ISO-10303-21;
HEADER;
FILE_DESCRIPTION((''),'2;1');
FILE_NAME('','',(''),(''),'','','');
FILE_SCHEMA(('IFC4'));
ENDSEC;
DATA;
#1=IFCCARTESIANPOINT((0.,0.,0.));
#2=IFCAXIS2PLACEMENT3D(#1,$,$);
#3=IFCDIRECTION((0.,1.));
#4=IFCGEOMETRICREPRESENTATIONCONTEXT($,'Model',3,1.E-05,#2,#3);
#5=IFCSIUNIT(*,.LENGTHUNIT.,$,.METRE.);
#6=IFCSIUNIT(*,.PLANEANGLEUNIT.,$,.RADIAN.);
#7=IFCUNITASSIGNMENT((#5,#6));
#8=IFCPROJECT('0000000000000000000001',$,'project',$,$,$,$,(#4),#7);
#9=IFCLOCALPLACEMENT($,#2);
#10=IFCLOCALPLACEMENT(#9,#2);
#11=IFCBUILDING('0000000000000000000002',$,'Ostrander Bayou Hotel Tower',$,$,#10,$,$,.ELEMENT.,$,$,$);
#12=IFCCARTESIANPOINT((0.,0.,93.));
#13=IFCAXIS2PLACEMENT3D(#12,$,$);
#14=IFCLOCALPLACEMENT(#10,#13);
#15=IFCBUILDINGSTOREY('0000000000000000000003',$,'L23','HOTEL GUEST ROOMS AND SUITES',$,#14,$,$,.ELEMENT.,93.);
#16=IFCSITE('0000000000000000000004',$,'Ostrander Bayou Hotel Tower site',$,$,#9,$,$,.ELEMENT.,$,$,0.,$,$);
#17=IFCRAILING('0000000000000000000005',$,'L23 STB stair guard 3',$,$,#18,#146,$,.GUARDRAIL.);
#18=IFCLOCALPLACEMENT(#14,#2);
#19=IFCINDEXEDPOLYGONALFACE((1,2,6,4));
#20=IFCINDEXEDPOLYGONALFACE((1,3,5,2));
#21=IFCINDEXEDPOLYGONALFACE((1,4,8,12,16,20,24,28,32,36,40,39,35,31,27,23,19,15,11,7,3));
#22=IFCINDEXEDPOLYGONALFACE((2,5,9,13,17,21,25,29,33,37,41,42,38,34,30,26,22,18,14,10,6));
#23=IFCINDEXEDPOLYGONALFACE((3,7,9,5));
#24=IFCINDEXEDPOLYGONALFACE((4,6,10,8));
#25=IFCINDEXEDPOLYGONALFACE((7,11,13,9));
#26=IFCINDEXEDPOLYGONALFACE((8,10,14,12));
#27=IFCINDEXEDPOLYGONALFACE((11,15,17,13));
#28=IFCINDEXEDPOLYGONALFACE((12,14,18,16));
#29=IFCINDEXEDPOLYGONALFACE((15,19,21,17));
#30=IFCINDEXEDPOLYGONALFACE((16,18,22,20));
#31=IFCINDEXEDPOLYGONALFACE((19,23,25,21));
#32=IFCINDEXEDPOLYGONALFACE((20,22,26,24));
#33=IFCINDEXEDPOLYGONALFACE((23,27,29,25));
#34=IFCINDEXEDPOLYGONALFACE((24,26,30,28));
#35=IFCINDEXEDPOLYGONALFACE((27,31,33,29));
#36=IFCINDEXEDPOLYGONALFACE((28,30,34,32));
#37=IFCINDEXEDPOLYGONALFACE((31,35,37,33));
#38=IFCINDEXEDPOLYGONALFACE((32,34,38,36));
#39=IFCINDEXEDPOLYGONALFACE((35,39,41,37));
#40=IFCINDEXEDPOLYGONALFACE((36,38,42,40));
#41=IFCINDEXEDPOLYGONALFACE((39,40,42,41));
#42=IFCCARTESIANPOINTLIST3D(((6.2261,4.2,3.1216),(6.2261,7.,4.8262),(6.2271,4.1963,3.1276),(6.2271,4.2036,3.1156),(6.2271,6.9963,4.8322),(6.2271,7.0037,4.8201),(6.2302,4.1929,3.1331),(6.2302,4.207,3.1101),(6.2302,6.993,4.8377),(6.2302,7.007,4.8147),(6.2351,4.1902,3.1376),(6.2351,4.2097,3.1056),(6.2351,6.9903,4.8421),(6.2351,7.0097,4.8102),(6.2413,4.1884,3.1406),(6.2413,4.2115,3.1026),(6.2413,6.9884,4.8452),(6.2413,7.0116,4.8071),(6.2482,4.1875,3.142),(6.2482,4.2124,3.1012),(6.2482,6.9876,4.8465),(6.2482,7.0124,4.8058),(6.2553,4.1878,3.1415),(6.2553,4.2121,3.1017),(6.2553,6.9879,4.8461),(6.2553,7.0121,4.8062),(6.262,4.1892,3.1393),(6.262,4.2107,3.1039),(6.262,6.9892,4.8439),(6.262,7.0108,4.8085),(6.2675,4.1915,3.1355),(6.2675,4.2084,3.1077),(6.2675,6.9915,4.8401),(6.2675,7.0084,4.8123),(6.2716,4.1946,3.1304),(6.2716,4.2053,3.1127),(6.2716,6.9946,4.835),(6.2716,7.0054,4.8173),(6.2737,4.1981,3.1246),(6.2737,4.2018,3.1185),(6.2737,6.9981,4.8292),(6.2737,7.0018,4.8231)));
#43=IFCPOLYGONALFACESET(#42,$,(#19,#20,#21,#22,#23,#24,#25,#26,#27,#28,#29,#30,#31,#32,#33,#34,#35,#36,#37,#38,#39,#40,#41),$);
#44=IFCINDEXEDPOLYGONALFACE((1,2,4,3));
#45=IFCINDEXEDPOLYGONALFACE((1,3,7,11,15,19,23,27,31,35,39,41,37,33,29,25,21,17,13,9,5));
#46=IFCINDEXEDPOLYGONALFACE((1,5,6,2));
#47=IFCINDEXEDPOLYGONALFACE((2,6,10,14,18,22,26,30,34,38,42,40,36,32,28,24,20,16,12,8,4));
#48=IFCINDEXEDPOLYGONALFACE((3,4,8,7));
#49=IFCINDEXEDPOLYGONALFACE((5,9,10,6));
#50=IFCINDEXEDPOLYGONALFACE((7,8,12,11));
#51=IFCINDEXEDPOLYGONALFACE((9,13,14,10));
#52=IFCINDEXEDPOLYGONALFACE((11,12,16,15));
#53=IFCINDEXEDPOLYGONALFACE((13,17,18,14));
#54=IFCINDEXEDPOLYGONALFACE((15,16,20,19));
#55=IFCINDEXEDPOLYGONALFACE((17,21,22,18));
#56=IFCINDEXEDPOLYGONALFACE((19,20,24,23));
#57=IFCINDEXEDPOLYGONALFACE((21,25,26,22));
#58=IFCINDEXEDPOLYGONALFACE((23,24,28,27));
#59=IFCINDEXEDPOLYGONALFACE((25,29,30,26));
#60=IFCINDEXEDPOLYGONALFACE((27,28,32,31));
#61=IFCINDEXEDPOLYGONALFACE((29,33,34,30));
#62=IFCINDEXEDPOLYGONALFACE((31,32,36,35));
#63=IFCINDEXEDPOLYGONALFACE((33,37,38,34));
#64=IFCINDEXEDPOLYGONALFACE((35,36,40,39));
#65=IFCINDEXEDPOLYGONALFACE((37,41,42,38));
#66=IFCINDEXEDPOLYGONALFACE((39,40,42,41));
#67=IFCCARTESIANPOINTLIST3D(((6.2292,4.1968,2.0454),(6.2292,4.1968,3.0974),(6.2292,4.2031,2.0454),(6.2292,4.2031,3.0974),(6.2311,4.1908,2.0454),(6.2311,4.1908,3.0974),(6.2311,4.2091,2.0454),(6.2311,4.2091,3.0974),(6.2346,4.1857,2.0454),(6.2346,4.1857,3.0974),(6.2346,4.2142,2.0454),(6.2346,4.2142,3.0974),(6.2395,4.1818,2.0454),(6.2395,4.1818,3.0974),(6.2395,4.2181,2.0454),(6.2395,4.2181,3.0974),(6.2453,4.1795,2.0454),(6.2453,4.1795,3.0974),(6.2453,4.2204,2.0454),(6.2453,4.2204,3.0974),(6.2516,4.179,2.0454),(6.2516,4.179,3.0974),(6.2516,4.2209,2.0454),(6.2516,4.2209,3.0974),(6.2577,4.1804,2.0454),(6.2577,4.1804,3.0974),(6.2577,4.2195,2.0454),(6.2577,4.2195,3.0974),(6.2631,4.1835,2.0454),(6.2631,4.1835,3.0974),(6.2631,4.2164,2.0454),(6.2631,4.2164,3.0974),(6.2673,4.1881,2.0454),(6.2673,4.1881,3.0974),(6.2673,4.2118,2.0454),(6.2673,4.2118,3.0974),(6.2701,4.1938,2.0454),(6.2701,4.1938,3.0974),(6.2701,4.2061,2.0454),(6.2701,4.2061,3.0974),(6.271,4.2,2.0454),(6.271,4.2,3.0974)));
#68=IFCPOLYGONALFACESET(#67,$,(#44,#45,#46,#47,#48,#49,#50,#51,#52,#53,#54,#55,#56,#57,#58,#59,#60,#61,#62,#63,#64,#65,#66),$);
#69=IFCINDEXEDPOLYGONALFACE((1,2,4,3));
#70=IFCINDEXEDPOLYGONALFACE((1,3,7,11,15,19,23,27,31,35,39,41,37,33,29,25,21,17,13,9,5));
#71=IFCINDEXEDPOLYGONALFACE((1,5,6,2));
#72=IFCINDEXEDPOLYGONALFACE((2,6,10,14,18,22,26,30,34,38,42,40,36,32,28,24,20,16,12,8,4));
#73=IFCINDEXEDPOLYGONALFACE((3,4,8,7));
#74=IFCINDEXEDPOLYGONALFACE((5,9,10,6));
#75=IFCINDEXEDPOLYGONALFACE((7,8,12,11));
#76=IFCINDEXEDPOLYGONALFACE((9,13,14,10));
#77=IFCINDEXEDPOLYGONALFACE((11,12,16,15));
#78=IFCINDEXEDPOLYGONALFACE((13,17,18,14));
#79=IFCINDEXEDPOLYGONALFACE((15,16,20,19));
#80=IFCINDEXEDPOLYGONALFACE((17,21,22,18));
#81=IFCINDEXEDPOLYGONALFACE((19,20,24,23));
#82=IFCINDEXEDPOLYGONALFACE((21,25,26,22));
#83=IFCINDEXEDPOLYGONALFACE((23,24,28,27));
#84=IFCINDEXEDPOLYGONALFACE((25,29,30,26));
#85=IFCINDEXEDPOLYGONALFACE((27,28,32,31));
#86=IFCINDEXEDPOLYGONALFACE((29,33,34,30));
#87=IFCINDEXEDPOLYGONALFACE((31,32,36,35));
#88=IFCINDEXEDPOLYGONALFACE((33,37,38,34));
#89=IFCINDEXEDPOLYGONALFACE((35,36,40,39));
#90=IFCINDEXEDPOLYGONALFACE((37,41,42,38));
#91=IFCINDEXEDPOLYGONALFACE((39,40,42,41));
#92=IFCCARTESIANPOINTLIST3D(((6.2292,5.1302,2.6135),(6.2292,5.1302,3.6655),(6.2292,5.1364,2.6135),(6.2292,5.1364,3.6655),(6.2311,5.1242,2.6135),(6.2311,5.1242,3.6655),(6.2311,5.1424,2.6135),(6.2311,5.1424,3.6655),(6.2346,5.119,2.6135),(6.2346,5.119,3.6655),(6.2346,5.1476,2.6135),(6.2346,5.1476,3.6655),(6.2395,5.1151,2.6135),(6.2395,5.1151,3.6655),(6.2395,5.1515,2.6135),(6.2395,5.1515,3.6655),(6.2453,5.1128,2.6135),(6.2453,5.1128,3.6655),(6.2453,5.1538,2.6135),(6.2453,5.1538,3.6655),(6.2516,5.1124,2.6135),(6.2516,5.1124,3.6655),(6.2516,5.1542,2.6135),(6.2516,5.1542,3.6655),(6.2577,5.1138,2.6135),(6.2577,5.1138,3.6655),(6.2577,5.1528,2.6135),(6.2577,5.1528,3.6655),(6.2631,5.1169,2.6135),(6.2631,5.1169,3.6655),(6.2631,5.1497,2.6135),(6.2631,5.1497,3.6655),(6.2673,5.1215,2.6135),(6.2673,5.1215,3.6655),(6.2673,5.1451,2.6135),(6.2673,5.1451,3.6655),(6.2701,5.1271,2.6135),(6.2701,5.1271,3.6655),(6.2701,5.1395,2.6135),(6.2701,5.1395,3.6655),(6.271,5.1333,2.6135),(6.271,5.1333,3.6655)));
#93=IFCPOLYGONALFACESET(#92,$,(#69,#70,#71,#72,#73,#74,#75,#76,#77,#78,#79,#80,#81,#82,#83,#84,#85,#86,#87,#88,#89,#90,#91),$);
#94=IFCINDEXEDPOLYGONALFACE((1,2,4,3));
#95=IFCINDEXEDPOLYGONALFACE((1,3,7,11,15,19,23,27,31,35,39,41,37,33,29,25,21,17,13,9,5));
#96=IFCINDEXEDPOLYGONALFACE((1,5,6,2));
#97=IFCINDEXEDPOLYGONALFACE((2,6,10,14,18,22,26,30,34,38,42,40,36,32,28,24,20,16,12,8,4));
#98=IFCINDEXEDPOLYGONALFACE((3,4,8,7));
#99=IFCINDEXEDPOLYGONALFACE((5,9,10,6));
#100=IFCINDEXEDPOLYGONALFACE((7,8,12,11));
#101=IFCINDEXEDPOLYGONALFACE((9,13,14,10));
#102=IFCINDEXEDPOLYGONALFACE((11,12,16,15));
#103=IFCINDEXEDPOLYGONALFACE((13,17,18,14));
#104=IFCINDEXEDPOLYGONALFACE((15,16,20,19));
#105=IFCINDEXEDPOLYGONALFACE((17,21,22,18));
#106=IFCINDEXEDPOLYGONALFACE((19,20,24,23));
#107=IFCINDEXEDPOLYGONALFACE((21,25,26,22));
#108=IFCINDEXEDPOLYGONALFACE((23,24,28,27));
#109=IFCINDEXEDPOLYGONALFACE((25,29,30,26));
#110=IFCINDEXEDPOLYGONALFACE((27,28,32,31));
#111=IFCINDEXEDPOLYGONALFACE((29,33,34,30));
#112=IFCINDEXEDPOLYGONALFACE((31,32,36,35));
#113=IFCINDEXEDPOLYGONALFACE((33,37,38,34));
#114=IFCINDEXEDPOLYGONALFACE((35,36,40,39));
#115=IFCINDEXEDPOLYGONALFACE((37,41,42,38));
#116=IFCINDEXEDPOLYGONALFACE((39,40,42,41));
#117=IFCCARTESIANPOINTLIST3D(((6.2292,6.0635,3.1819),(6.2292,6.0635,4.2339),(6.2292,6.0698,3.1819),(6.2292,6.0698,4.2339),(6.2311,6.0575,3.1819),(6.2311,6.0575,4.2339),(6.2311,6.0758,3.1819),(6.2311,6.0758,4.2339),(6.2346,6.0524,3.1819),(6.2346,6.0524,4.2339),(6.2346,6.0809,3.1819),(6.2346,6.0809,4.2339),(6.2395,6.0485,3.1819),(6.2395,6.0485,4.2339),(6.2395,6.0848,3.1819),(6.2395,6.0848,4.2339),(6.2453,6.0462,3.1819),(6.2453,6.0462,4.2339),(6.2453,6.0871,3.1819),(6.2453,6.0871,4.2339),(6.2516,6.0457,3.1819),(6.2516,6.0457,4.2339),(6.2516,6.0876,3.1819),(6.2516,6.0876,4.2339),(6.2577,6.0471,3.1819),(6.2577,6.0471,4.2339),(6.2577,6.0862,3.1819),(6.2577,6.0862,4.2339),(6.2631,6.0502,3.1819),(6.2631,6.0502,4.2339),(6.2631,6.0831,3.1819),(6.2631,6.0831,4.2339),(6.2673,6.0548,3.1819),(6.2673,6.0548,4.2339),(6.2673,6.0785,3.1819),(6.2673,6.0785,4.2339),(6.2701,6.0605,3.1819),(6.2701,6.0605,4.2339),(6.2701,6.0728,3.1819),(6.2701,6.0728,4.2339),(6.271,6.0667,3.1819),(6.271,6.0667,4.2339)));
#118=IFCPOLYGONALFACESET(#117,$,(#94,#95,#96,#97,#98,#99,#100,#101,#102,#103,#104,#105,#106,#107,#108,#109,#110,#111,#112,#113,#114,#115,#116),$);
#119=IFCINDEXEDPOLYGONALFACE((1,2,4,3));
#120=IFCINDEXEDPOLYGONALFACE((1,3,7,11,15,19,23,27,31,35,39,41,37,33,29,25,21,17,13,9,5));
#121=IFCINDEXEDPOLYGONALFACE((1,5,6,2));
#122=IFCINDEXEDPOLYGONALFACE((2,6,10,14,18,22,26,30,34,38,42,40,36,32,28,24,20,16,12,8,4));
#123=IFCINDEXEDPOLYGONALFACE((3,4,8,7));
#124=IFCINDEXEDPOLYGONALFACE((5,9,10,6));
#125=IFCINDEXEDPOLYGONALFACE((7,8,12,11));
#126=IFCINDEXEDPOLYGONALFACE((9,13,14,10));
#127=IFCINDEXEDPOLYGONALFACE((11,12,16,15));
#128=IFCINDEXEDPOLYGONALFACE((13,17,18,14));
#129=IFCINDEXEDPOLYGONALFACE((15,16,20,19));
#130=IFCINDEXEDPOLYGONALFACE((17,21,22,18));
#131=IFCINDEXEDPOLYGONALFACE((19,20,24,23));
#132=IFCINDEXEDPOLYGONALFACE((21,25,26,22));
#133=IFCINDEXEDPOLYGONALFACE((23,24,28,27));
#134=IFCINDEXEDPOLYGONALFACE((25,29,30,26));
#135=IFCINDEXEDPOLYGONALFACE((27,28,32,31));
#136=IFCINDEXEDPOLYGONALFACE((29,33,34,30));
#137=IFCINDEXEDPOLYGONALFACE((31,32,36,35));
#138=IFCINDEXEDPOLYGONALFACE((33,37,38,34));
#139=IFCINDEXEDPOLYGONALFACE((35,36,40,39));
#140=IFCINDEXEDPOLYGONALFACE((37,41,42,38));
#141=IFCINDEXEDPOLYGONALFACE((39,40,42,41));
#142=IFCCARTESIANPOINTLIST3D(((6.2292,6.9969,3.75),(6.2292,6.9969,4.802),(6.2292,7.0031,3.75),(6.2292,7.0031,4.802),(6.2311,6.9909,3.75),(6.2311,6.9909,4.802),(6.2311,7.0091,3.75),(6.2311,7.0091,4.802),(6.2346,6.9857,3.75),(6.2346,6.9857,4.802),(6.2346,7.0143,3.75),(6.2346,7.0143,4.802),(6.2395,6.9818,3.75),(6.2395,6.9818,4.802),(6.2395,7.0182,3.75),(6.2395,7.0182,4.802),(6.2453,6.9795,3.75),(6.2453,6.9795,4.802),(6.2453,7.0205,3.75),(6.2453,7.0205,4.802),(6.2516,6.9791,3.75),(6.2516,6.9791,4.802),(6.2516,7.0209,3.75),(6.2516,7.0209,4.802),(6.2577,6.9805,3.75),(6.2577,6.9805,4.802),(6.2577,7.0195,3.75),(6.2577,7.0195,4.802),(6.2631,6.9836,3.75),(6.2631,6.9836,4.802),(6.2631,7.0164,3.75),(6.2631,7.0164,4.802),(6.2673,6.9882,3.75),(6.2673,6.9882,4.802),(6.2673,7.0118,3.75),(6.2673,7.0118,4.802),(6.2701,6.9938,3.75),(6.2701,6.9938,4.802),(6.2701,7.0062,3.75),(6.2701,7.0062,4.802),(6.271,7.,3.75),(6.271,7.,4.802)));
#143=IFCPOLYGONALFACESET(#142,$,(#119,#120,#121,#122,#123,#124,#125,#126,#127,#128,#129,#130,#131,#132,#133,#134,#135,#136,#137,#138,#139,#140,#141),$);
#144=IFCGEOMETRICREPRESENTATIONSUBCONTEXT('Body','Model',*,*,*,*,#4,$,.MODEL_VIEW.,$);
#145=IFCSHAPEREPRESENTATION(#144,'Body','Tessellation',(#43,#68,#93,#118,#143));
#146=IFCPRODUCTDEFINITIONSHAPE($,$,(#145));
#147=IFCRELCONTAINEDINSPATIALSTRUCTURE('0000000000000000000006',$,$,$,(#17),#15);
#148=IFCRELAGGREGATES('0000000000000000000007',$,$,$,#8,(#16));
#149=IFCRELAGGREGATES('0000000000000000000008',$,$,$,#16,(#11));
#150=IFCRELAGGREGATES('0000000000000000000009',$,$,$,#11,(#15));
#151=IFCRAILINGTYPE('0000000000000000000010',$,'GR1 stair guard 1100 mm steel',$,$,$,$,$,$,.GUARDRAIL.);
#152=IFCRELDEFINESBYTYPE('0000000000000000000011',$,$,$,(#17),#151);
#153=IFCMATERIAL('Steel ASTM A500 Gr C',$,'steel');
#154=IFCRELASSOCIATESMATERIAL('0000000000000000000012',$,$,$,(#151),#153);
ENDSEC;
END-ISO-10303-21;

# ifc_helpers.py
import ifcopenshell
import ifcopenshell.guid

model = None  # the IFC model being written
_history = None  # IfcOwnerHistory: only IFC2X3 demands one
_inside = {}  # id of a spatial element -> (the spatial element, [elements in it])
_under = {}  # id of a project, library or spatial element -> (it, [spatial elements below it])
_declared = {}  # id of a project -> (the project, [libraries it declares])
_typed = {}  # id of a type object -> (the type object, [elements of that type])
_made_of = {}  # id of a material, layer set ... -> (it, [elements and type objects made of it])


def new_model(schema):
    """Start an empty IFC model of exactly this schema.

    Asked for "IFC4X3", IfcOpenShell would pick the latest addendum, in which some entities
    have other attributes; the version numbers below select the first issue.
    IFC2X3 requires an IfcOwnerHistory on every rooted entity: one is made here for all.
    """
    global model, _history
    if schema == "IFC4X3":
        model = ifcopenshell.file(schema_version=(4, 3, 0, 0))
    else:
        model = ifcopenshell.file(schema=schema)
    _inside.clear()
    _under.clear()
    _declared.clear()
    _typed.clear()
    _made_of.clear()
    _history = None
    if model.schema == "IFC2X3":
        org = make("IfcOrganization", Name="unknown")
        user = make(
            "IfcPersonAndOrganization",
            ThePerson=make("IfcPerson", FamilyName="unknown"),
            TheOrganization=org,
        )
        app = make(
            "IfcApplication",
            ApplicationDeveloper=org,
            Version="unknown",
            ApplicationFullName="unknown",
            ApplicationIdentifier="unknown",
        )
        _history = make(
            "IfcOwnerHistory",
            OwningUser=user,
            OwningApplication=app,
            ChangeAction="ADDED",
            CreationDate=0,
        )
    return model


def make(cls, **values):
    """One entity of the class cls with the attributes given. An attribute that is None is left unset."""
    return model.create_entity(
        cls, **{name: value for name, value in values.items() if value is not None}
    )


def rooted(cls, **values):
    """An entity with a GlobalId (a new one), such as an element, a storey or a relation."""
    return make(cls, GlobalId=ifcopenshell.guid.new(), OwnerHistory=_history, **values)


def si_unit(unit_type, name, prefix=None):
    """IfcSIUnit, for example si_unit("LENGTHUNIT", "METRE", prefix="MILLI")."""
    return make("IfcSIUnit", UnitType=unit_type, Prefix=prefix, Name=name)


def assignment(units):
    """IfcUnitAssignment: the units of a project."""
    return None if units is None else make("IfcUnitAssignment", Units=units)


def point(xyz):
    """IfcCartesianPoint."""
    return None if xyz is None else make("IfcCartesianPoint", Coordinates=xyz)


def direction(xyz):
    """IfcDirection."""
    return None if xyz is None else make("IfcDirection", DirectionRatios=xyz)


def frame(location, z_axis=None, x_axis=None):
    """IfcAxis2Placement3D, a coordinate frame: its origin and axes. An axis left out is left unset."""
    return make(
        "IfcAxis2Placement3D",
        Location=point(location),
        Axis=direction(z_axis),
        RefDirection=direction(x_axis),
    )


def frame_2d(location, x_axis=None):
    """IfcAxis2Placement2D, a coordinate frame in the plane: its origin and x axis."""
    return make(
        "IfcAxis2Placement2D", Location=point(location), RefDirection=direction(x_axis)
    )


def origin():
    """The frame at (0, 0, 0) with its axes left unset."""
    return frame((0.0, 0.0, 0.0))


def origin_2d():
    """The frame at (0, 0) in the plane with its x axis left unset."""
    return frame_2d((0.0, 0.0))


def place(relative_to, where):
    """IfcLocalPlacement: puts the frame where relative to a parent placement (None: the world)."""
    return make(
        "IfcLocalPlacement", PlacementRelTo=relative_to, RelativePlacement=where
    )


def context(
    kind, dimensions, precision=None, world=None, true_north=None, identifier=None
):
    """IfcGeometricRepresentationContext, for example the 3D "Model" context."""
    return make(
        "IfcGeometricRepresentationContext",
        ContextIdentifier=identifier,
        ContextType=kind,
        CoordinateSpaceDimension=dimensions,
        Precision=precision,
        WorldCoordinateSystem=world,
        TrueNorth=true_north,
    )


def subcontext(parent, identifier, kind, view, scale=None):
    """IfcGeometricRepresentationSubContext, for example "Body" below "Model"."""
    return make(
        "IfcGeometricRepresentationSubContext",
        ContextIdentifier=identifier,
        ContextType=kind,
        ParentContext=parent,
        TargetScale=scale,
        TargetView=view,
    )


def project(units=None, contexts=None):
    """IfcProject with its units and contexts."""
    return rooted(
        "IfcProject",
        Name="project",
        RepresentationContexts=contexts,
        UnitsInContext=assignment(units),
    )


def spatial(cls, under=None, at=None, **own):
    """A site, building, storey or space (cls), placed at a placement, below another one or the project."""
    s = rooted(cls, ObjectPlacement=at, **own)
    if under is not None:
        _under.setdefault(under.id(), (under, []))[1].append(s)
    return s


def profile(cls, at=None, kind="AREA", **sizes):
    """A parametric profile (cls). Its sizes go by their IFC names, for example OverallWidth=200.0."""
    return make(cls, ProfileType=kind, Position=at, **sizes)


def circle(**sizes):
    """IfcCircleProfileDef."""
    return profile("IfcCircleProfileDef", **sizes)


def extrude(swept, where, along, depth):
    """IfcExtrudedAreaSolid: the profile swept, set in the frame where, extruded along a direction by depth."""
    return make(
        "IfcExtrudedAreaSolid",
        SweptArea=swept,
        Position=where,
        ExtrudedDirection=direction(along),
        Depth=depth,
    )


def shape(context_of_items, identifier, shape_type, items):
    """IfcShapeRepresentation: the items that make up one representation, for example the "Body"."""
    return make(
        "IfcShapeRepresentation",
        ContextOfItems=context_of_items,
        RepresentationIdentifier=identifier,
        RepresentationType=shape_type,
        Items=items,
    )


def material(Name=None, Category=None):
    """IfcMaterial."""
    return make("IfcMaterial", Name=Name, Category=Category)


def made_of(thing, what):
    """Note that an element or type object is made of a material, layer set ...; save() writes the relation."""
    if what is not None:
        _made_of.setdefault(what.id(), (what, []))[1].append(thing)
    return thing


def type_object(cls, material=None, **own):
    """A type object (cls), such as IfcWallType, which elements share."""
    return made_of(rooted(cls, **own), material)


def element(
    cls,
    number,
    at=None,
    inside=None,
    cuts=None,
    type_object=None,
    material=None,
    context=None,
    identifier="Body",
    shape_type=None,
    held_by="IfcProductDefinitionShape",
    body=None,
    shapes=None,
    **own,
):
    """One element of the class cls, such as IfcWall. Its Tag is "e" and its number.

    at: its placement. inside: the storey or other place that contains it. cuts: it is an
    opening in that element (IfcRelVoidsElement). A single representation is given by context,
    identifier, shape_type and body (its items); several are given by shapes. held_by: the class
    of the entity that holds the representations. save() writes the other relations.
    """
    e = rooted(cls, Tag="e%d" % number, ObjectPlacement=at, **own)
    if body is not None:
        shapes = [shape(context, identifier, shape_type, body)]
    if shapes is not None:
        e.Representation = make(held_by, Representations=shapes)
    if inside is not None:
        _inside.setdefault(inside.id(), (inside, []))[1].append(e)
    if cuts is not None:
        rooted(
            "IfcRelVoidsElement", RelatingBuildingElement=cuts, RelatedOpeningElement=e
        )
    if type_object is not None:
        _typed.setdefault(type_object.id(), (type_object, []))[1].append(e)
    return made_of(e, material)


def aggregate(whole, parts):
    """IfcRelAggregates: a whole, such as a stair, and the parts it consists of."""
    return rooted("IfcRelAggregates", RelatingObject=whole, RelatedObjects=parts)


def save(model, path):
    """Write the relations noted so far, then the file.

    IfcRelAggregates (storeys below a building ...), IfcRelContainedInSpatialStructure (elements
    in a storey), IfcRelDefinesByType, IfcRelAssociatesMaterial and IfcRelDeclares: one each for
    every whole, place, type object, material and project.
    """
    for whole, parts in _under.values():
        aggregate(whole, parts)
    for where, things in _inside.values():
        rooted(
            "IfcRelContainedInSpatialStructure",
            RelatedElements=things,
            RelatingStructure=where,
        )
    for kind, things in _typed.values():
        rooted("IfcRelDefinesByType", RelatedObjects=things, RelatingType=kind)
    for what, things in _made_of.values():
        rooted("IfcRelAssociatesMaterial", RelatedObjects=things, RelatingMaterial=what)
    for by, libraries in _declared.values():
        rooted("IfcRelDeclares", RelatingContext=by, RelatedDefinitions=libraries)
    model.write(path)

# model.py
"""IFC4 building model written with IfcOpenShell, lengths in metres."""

from ifc_helpers import new_model, si_unit, direction, frame, origin, origin_2d, place, context, subcontext, project, spatial, circle, extrude, material, type_object, element, save


model = new_model("IFC4")

# Units and contexts
model_context = context("Model", 3, precision=1e-05, world=origin(), true_north=direction((0.0, 1.0)))
body_context = subcontext(model_context, "Body", "Model", "MODEL_VIEW")
ifc_project = project(units=[si_unit("LENGTHUNIT", "METRE"), si_unit("PLANEANGLEUNIT", "RADIAN")], contexts=[model_context])

# Site, building, storey
site_placement = place(None, origin())
site = spatial("IfcSite", under=ifc_project, at=site_placement, Name="Ostrander Bayou Hotel Tower site", CompositionType="ELEMENT", RefElevation=0.0)
building_placement = place(site_placement, origin())
building = spatial("IfcBuilding", under=site, at=building_placement, Name="Ostrander Bayou Hotel Tower", CompositionType="ELEMENT")
storey_placement = place(building_placement, frame((0.0, 0.0, 93.0)))
storey = spatial("IfcBuildingStorey", under=building, at=storey_placement, Name="L23", Description="HOTEL GUEST ROOMS AND SUITES", CompositionType="ELEMENT", Elevation=93.0)

# Railing
ifc_material_1 = material(Name="Steel ASTM A500 Gr C", Category="steel")
railing_type_1 = type_object("IfcRailingType", Name="GR1 stair guard 1100 mm steel", PredefinedType="GUARDRAIL", material=ifc_material_1)
railing_1_placement = place(storey_placement, frame((6.25, 4.2, 2.0454)))
element("IfcRailing", 1, at=railing_1_placement, inside=storey, type_object=railing_type_1, Name="L23 STB stair guard 3", PredefinedType="GUARDRAIL", context=body_context, shape_type="SweptSolid", body=[
    extrude(circle(Radius=0.0239, at=origin_2d()), frame((0.0, 0.0, 1.0762), z_axis=(0.0, 0.85417, 0.519994), x_axis=(-1.0, 0.0, 0.0)), (0.0, 0.0, 1.0), 3.2781),
    extrude(circle(Radius=0.021, at=origin_2d()), origin(), (0.0, 0.0, 1.0), 1.052),
    extrude(circle(Radius=0.021, at=origin_2d()), frame((0.0, 0.9333, 0.5681)), (0.0, 0.0, 1.0), 1.052),
    extrude(circle(Radius=0.021, at=origin_2d()), frame((0.0, 1.8667, 1.1365)), (0.0, 0.0, 1.0), 1.052),
    extrude(circle(Radius=0.021, at=origin_2d()), frame((0.0, 2.8, 1.7046)), (0.0, 0.0, 1.0), 1.052),
])

save(model, "model.ifc")
